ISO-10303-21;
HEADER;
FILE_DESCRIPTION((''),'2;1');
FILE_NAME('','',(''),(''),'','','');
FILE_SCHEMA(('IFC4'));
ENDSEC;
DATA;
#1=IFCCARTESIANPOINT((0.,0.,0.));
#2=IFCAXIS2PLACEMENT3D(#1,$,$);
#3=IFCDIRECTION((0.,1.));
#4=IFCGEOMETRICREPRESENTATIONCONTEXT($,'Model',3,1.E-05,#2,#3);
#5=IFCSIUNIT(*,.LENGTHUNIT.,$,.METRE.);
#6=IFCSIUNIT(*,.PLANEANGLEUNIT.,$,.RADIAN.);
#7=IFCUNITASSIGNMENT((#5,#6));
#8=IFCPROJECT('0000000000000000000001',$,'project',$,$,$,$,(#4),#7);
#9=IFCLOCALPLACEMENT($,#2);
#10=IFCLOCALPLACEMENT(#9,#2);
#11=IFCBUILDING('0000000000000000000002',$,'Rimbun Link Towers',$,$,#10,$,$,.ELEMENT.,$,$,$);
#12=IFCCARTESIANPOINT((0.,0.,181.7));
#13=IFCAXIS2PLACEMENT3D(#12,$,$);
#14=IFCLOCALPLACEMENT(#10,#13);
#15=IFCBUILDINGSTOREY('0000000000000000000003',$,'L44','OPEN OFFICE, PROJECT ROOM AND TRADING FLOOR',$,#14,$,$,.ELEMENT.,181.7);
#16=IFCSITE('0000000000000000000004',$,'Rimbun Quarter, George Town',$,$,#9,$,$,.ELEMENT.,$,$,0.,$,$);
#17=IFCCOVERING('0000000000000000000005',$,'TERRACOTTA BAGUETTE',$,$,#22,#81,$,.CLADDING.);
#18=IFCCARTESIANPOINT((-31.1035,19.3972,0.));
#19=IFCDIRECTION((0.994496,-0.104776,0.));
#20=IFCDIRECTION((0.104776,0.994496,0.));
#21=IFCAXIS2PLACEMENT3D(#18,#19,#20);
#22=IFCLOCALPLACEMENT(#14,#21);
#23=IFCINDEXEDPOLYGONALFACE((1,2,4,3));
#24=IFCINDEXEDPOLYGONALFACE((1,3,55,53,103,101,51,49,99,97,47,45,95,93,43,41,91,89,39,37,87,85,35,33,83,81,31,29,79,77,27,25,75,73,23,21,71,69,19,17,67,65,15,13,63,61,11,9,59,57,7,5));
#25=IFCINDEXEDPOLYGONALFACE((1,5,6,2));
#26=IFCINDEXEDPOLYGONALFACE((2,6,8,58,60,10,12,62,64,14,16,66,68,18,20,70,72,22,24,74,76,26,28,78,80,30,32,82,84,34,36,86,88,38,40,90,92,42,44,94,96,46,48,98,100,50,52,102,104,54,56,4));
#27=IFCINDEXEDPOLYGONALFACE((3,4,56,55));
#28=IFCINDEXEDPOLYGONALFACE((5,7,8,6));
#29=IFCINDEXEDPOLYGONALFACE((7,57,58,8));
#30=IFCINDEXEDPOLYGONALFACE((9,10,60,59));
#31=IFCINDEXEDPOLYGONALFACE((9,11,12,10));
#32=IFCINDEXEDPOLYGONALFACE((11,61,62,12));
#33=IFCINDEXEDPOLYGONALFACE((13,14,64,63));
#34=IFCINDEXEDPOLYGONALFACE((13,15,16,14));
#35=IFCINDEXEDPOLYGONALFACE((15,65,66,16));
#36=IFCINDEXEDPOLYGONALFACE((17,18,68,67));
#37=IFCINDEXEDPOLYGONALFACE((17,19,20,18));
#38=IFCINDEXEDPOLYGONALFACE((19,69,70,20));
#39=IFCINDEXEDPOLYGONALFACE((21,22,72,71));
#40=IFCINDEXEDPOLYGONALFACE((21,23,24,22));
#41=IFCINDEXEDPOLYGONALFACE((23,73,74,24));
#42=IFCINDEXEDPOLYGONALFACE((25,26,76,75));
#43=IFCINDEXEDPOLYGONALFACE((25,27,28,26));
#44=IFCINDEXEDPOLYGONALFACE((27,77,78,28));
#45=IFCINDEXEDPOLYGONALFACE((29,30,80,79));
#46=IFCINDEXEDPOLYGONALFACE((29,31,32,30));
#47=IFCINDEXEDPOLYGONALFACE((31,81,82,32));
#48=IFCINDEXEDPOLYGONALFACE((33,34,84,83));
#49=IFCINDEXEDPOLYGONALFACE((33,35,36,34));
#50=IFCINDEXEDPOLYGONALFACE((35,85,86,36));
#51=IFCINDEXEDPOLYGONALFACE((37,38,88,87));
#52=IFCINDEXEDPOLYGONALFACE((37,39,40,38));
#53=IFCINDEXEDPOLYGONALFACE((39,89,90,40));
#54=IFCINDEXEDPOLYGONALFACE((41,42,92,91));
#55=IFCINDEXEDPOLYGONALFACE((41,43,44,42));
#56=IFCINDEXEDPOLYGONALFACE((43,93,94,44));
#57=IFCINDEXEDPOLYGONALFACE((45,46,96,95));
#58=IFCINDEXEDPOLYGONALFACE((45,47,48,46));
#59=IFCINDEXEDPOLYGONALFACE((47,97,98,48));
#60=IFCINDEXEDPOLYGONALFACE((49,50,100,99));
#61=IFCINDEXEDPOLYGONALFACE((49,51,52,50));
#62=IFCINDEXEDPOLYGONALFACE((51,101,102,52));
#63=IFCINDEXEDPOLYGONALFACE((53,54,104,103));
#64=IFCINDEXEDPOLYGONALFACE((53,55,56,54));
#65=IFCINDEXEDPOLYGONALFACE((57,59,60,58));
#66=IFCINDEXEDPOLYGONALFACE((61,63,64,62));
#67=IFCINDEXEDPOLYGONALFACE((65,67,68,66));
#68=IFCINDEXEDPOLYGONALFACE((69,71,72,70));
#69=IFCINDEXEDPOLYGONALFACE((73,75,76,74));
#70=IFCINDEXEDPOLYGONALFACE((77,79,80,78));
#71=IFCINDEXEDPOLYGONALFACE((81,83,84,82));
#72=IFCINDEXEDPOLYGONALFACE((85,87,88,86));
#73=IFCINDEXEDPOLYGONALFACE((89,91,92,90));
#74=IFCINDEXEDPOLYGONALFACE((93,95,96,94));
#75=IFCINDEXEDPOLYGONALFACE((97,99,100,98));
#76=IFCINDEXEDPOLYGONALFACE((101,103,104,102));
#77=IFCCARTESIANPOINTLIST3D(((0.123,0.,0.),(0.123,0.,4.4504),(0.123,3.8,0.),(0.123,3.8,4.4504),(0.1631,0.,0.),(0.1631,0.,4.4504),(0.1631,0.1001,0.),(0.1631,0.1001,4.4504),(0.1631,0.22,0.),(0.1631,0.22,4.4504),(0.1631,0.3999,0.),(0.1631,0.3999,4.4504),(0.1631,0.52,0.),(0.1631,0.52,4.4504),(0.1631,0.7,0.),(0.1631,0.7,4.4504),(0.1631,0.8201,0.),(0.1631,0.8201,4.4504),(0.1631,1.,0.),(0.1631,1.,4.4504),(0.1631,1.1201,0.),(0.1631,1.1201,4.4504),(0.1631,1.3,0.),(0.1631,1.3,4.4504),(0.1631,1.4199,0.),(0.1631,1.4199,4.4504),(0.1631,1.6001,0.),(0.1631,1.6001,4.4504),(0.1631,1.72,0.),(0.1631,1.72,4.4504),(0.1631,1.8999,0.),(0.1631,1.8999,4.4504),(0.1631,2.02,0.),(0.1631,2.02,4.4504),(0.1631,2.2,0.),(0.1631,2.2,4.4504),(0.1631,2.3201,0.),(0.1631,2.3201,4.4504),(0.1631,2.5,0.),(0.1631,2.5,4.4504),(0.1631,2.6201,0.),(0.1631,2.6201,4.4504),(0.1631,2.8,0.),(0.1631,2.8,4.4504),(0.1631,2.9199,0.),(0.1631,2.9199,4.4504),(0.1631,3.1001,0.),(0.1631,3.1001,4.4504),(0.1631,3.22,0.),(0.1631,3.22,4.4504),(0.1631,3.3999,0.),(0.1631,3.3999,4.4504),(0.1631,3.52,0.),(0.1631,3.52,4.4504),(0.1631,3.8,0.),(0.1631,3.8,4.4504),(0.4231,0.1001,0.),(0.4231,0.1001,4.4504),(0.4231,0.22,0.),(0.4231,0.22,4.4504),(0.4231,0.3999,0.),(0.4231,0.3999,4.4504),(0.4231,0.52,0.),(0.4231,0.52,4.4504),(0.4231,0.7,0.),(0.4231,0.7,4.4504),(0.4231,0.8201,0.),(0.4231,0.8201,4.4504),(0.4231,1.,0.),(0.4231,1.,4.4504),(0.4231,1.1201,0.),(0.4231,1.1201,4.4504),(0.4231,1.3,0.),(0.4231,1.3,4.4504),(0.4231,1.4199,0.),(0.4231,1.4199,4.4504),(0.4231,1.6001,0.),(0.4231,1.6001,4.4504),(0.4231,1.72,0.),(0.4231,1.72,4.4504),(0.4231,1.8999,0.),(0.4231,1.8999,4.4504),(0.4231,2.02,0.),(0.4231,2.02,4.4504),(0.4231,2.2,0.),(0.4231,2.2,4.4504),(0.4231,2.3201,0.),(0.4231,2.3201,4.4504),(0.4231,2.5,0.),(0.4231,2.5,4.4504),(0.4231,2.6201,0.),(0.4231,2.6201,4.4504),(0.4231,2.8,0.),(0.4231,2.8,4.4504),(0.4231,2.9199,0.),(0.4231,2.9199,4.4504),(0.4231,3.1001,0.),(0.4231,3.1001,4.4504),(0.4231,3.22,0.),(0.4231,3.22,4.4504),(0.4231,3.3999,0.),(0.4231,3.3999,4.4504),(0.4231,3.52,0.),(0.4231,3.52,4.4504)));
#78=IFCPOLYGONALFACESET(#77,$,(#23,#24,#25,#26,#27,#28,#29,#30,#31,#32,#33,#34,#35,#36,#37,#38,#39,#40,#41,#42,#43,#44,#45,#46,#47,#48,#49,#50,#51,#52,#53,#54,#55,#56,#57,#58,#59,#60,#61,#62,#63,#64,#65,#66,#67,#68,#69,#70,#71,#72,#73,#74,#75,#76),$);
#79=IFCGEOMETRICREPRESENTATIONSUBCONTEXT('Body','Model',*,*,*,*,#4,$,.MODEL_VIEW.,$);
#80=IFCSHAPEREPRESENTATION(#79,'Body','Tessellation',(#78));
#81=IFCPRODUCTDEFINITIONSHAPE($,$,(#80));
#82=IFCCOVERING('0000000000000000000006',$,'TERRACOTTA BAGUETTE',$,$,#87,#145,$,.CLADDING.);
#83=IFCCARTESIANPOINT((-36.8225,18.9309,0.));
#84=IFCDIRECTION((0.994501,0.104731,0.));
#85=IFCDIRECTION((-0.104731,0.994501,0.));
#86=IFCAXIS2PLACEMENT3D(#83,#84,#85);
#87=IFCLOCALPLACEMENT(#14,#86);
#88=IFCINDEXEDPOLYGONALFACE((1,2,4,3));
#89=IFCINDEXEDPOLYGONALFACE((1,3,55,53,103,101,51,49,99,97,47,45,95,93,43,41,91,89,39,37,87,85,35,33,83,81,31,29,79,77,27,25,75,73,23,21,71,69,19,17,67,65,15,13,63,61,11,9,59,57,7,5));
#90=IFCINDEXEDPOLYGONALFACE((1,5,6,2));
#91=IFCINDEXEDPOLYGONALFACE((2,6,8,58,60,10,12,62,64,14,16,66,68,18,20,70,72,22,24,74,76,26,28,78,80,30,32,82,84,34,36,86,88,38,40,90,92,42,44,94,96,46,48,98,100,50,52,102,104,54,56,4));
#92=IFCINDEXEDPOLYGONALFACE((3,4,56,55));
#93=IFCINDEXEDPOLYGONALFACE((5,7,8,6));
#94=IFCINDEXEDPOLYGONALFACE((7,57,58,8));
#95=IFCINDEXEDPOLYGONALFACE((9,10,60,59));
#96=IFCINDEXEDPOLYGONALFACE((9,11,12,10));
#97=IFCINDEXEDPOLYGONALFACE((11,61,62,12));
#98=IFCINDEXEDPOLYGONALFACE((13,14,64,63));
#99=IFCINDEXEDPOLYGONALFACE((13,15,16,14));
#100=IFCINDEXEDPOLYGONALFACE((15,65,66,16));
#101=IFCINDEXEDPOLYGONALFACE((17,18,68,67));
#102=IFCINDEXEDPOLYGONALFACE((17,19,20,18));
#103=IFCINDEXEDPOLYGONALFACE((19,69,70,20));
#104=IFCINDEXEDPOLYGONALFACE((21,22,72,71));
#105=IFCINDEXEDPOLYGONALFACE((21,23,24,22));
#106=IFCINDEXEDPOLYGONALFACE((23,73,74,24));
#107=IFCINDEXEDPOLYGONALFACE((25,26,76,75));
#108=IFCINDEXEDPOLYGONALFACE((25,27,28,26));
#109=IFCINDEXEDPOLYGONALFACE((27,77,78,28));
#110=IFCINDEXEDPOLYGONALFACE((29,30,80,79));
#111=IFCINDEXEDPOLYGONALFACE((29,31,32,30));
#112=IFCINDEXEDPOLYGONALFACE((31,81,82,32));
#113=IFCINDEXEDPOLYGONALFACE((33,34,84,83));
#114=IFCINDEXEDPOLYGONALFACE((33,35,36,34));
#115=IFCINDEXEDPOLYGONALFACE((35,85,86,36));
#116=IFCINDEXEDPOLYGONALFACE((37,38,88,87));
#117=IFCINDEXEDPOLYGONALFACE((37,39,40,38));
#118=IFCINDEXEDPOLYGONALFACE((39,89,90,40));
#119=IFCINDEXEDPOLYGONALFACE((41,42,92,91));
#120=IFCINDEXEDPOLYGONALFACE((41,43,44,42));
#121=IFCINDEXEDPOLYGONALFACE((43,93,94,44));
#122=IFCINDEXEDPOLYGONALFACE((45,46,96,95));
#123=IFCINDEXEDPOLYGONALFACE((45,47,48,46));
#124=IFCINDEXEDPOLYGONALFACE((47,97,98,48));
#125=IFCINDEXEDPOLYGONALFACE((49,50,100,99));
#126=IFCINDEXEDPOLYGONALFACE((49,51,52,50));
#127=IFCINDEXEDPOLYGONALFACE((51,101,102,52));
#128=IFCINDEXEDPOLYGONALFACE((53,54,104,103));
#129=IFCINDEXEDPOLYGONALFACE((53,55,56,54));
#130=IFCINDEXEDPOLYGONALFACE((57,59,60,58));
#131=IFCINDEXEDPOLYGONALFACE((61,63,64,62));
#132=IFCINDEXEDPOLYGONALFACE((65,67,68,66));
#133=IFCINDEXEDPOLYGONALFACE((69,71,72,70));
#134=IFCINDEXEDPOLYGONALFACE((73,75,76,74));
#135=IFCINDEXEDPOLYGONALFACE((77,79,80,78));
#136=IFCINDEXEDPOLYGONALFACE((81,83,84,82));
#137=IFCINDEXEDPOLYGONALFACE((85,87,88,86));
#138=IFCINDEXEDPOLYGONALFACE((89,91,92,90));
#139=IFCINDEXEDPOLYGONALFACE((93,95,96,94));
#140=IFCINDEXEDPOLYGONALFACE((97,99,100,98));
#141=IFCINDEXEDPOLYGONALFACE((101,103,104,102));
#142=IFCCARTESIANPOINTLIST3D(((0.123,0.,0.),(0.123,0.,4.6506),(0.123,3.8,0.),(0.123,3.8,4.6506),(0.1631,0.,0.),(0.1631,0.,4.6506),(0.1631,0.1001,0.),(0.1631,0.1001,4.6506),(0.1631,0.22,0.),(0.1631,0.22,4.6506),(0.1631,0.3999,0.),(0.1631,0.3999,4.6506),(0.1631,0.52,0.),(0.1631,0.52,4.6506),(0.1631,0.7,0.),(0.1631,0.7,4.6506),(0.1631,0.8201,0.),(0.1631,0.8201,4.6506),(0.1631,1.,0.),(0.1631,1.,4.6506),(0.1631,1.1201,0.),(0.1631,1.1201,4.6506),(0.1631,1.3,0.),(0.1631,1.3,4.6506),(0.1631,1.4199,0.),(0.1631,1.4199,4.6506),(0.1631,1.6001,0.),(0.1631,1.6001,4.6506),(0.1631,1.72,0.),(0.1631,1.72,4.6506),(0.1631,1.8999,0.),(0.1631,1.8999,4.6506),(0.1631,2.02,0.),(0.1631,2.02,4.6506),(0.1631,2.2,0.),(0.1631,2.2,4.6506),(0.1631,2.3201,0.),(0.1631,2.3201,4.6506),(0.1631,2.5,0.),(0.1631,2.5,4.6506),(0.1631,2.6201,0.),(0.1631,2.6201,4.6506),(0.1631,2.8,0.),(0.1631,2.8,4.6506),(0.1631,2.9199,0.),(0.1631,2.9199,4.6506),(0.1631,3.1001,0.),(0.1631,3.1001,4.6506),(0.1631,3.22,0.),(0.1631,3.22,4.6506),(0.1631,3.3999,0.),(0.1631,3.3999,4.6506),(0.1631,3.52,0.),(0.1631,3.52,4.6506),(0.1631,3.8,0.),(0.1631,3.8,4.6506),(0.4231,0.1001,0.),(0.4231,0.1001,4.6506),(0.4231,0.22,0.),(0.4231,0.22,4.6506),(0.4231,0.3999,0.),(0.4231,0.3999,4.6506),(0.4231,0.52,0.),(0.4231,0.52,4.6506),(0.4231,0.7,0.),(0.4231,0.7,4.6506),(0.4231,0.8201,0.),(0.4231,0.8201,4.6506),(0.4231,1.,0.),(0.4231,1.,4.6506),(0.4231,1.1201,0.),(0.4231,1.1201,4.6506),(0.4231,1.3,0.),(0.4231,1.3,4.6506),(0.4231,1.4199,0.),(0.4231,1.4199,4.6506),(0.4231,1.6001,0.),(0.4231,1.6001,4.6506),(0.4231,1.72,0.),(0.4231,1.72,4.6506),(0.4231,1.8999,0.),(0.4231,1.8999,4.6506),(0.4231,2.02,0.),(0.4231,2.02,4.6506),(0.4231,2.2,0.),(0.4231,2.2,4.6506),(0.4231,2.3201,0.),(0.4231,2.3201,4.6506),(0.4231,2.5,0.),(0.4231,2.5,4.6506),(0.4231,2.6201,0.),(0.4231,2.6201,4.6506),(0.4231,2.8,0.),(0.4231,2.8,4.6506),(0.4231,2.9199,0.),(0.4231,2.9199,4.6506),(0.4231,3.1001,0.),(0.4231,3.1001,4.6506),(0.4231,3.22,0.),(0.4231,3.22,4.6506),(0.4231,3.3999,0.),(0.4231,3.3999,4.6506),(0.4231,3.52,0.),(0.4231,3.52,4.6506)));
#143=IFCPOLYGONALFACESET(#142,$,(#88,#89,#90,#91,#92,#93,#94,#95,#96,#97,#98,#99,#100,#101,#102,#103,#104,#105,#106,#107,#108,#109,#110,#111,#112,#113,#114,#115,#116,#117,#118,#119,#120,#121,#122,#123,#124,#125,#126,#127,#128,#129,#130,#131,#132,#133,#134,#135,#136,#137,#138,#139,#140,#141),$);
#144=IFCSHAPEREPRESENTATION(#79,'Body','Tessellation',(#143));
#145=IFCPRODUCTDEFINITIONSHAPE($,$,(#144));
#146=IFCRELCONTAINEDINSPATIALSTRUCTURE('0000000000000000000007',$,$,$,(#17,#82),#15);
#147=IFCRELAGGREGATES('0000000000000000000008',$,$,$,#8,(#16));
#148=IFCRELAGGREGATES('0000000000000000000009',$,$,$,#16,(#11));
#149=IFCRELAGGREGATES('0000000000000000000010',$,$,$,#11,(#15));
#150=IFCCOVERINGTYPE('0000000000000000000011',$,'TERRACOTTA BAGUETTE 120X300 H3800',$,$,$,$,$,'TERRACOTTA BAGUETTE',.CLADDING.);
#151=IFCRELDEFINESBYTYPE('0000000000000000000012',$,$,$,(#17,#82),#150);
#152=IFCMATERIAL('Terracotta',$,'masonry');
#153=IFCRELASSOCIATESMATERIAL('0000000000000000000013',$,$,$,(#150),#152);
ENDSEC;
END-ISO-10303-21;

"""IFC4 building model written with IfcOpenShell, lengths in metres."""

from ifc_helpers import new_model, si_unit, direction, frame, origin, place, context, subcontext, project, spatial, polyline, outline, extrude, material, material_profile, profile_set, type_object, element, save


model = new_model("IFC4")

# Units and contexts
model_context = context("Model", 3, precision=1e-05, world=origin(), true_north=direction((0.0, 1.0)))
body_context = subcontext(model_context, "Body", "Model", "MODEL_VIEW")
ifc_project = project(units=[si_unit("LENGTHUNIT", "METRE"), si_unit("PLANEANGLEUNIT", "RADIAN")], contexts=[model_context])

# Site, building, storey
site_placement = place(None, origin())
site = spatial("IfcSite", under=ifc_project, at=site_placement, Name="Rimbun Quarter, George Town", CompositionType="ELEMENT", RefElevation=0.0)
building_placement = place(site_placement, origin())
building = spatial("IfcBuilding", under=site, at=building_placement, Name="Rimbun Link Towers", CompositionType="ELEMENT")
storey_placement = place(building_placement, frame((0.0, 0.0, 181.7)))
storey = spatial("IfcBuildingStorey", under=building, at=storey_placement, Name="L44", Description="OPEN OFFICE, PROJECT ROOM AND TRADING FLOOR", CompositionType="ELEMENT", Elevation=181.7)

# Coverings
ifc_material_1 = material(Name="Terracotta", Category="masonry")
ifc_material_profile_1 = material_profile(ifc_material_1, outline(polyline([(0.123, 0.0), (0.1631, 0.0), (0.1631, 0.1001), (0.4231, 0.1001), (0.4231, 0.22), (0.1631, 0.22), (0.1631, 0.3999), (0.4231, 0.3999), (0.4231, 0.52), (0.1631, 0.52), (0.1631, 0.7), (0.4231, 0.7), (0.4231, 0.8201), (0.1631, 0.8201), (0.1631, 1.0), (0.4231, 1.0), (0.4231, 1.1201), (0.1631, 1.1201), (0.1631, 1.3), (0.4231, 1.3), (0.4231, 1.4199), (0.1631, 1.4199), (0.1631, 1.6001), (0.4231, 1.6001), (0.4231, 1.72), (0.1631, 1.72), (0.1631, 1.8999), (0.4231, 1.8999), (0.4231, 2.02), (0.1631, 2.02), (0.1631, 2.2), (0.4231, 2.2), (0.4231, 2.3201), (0.1631, 2.3201), (0.1631, 2.5), (0.4231, 2.5), (0.4231, 2.6201), (0.1631, 2.6201), (0.1631, 2.8), (0.4231, 2.8), (0.4231, 2.9199), (0.1631, 2.9199), (0.1631, 3.1001), (0.4231, 3.1001), (0.4231, 3.22), (0.1631, 3.22), (0.1631, 3.3999), (0.4231, 3.3999), (0.4231, 3.52), (0.1631, 3.52), (0.1631, 3.8), (0.123, 3.8), (0.123, 0.0)])), Name="BAGUETTE 120X300")
ifc_profile_set_1 = profile_set([ifc_material_profile_1], Name="Terracotta")
covering_type = type_object("IfcCoveringType", Name="TERRACOTTA BAGUETTE 120X300 H3800", ElementType="TERRACOTTA BAGUETTE", PredefinedType="CLADDING", material=ifc_profile_set_1)
covering_1_placement = place(storey_placement, frame((-31.1035, 19.3972, 0.0), z_axis=(0.994496, -0.104776, 0.0), x_axis=(0.104776, 0.994496, 0.0)))
element("IfcCovering", 1, at=covering_1_placement, inside=storey, type_object=covering_type, Name="TERRACOTTA BAGUETTE", PredefinedType="CLADDING", context=body_context, shape_type="SweptSolid", body=[
    extrude(outline(polyline([(0.123, 0.0), (0.1631, 0.0), (0.1631, 0.1001), (0.4231, 0.1001), (0.4231, 0.22), (0.1631, 0.22), (0.1631, 0.3999), (0.4231, 0.3999), (0.4231, 0.52), (0.1631, 0.52), (0.1631, 0.7), (0.4231, 0.7), (0.4231, 0.8201), (0.1631, 0.8201), (0.1631, 1.0), (0.4231, 1.0), (0.4231, 1.1201), (0.1631, 1.1201), (0.1631, 1.3), (0.4231, 1.3), (0.4231, 1.4199), (0.1631, 1.4199), (0.1631, 1.6001), (0.4231, 1.6001), (0.4231, 1.72), (0.1631, 1.72), (0.1631, 1.8999), (0.4231, 1.8999), (0.4231, 2.02), (0.1631, 2.02), (0.1631, 2.2), (0.4231, 2.2), (0.4231, 2.3201), (0.1631, 2.3201), (0.1631, 2.5), (0.4231, 2.5), (0.4231, 2.6201), (0.1631, 2.6201), (0.1631, 2.8), (0.4231, 2.8), (0.4231, 2.9199), (0.1631, 2.9199), (0.1631, 3.1001), (0.4231, 3.1001), (0.4231, 3.22), (0.1631, 3.22), (0.1631, 3.3999), (0.4231, 3.3999), (0.4231, 3.52), (0.1631, 3.52), (0.1631, 3.8), (0.123, 3.8), (0.123, 0.0)])), origin(), (0.0, 0.0, 1.0), 4.4504),
])
covering_2_placement = place(storey_placement, frame((-36.8225, 18.9309, 0.0), z_axis=(0.994501, 0.104731, 0.0), x_axis=(-0.104731, 0.994501, 0.0)))
element("IfcCovering", 2, at=covering_2_placement, inside=storey, type_object=covering_type, Name="TERRACOTTA BAGUETTE", PredefinedType="CLADDING", context=body_context, shape_type="SweptSolid", body=[
    extrude(outline(polyline([(0.123, 0.0), (0.1631, 0.0), (0.1631, 0.1001), (0.4231, 0.1001), (0.4231, 0.22), (0.1631, 0.22), (0.1631, 0.3999), (0.4231, 0.3999), (0.4231, 0.52), (0.1631, 0.52), (0.1631, 0.7), (0.4231, 0.7), (0.4231, 0.8201), (0.1631, 0.8201), (0.1631, 1.0), (0.4231, 1.0), (0.4231, 1.1201), (0.1631, 1.1201), (0.1631, 1.3), (0.4231, 1.3), (0.4231, 1.4199), (0.1631, 1.4199), (0.1631, 1.6001), (0.4231, 1.6001), (0.4231, 1.72), (0.1631, 1.72), (0.1631, 1.8999), (0.4231, 1.8999), (0.4231, 2.02), (0.1631, 2.02), (0.1631, 2.2), (0.4231, 2.2), (0.4231, 2.3201), (0.1631, 2.3201), (0.1631, 2.5), (0.4231, 2.5), (0.4231, 2.6201), (0.1631, 2.6201), (0.1631, 2.8), (0.4231, 2.8), (0.4231, 2.9199), (0.1631, 2.9199), (0.1631, 3.1001), (0.4231, 3.1001), (0.4231, 3.22), (0.1631, 3.22), (0.1631, 3.3999), (0.4231, 3.3999), (0.4231, 3.52), (0.1631, 3.52), (0.1631, 3.8), (0.123, 3.8), (0.123, 0.0)])), origin(), (0.0, 0.0, 1.0), 4.6506),
])

save(model, "model.ifc")
